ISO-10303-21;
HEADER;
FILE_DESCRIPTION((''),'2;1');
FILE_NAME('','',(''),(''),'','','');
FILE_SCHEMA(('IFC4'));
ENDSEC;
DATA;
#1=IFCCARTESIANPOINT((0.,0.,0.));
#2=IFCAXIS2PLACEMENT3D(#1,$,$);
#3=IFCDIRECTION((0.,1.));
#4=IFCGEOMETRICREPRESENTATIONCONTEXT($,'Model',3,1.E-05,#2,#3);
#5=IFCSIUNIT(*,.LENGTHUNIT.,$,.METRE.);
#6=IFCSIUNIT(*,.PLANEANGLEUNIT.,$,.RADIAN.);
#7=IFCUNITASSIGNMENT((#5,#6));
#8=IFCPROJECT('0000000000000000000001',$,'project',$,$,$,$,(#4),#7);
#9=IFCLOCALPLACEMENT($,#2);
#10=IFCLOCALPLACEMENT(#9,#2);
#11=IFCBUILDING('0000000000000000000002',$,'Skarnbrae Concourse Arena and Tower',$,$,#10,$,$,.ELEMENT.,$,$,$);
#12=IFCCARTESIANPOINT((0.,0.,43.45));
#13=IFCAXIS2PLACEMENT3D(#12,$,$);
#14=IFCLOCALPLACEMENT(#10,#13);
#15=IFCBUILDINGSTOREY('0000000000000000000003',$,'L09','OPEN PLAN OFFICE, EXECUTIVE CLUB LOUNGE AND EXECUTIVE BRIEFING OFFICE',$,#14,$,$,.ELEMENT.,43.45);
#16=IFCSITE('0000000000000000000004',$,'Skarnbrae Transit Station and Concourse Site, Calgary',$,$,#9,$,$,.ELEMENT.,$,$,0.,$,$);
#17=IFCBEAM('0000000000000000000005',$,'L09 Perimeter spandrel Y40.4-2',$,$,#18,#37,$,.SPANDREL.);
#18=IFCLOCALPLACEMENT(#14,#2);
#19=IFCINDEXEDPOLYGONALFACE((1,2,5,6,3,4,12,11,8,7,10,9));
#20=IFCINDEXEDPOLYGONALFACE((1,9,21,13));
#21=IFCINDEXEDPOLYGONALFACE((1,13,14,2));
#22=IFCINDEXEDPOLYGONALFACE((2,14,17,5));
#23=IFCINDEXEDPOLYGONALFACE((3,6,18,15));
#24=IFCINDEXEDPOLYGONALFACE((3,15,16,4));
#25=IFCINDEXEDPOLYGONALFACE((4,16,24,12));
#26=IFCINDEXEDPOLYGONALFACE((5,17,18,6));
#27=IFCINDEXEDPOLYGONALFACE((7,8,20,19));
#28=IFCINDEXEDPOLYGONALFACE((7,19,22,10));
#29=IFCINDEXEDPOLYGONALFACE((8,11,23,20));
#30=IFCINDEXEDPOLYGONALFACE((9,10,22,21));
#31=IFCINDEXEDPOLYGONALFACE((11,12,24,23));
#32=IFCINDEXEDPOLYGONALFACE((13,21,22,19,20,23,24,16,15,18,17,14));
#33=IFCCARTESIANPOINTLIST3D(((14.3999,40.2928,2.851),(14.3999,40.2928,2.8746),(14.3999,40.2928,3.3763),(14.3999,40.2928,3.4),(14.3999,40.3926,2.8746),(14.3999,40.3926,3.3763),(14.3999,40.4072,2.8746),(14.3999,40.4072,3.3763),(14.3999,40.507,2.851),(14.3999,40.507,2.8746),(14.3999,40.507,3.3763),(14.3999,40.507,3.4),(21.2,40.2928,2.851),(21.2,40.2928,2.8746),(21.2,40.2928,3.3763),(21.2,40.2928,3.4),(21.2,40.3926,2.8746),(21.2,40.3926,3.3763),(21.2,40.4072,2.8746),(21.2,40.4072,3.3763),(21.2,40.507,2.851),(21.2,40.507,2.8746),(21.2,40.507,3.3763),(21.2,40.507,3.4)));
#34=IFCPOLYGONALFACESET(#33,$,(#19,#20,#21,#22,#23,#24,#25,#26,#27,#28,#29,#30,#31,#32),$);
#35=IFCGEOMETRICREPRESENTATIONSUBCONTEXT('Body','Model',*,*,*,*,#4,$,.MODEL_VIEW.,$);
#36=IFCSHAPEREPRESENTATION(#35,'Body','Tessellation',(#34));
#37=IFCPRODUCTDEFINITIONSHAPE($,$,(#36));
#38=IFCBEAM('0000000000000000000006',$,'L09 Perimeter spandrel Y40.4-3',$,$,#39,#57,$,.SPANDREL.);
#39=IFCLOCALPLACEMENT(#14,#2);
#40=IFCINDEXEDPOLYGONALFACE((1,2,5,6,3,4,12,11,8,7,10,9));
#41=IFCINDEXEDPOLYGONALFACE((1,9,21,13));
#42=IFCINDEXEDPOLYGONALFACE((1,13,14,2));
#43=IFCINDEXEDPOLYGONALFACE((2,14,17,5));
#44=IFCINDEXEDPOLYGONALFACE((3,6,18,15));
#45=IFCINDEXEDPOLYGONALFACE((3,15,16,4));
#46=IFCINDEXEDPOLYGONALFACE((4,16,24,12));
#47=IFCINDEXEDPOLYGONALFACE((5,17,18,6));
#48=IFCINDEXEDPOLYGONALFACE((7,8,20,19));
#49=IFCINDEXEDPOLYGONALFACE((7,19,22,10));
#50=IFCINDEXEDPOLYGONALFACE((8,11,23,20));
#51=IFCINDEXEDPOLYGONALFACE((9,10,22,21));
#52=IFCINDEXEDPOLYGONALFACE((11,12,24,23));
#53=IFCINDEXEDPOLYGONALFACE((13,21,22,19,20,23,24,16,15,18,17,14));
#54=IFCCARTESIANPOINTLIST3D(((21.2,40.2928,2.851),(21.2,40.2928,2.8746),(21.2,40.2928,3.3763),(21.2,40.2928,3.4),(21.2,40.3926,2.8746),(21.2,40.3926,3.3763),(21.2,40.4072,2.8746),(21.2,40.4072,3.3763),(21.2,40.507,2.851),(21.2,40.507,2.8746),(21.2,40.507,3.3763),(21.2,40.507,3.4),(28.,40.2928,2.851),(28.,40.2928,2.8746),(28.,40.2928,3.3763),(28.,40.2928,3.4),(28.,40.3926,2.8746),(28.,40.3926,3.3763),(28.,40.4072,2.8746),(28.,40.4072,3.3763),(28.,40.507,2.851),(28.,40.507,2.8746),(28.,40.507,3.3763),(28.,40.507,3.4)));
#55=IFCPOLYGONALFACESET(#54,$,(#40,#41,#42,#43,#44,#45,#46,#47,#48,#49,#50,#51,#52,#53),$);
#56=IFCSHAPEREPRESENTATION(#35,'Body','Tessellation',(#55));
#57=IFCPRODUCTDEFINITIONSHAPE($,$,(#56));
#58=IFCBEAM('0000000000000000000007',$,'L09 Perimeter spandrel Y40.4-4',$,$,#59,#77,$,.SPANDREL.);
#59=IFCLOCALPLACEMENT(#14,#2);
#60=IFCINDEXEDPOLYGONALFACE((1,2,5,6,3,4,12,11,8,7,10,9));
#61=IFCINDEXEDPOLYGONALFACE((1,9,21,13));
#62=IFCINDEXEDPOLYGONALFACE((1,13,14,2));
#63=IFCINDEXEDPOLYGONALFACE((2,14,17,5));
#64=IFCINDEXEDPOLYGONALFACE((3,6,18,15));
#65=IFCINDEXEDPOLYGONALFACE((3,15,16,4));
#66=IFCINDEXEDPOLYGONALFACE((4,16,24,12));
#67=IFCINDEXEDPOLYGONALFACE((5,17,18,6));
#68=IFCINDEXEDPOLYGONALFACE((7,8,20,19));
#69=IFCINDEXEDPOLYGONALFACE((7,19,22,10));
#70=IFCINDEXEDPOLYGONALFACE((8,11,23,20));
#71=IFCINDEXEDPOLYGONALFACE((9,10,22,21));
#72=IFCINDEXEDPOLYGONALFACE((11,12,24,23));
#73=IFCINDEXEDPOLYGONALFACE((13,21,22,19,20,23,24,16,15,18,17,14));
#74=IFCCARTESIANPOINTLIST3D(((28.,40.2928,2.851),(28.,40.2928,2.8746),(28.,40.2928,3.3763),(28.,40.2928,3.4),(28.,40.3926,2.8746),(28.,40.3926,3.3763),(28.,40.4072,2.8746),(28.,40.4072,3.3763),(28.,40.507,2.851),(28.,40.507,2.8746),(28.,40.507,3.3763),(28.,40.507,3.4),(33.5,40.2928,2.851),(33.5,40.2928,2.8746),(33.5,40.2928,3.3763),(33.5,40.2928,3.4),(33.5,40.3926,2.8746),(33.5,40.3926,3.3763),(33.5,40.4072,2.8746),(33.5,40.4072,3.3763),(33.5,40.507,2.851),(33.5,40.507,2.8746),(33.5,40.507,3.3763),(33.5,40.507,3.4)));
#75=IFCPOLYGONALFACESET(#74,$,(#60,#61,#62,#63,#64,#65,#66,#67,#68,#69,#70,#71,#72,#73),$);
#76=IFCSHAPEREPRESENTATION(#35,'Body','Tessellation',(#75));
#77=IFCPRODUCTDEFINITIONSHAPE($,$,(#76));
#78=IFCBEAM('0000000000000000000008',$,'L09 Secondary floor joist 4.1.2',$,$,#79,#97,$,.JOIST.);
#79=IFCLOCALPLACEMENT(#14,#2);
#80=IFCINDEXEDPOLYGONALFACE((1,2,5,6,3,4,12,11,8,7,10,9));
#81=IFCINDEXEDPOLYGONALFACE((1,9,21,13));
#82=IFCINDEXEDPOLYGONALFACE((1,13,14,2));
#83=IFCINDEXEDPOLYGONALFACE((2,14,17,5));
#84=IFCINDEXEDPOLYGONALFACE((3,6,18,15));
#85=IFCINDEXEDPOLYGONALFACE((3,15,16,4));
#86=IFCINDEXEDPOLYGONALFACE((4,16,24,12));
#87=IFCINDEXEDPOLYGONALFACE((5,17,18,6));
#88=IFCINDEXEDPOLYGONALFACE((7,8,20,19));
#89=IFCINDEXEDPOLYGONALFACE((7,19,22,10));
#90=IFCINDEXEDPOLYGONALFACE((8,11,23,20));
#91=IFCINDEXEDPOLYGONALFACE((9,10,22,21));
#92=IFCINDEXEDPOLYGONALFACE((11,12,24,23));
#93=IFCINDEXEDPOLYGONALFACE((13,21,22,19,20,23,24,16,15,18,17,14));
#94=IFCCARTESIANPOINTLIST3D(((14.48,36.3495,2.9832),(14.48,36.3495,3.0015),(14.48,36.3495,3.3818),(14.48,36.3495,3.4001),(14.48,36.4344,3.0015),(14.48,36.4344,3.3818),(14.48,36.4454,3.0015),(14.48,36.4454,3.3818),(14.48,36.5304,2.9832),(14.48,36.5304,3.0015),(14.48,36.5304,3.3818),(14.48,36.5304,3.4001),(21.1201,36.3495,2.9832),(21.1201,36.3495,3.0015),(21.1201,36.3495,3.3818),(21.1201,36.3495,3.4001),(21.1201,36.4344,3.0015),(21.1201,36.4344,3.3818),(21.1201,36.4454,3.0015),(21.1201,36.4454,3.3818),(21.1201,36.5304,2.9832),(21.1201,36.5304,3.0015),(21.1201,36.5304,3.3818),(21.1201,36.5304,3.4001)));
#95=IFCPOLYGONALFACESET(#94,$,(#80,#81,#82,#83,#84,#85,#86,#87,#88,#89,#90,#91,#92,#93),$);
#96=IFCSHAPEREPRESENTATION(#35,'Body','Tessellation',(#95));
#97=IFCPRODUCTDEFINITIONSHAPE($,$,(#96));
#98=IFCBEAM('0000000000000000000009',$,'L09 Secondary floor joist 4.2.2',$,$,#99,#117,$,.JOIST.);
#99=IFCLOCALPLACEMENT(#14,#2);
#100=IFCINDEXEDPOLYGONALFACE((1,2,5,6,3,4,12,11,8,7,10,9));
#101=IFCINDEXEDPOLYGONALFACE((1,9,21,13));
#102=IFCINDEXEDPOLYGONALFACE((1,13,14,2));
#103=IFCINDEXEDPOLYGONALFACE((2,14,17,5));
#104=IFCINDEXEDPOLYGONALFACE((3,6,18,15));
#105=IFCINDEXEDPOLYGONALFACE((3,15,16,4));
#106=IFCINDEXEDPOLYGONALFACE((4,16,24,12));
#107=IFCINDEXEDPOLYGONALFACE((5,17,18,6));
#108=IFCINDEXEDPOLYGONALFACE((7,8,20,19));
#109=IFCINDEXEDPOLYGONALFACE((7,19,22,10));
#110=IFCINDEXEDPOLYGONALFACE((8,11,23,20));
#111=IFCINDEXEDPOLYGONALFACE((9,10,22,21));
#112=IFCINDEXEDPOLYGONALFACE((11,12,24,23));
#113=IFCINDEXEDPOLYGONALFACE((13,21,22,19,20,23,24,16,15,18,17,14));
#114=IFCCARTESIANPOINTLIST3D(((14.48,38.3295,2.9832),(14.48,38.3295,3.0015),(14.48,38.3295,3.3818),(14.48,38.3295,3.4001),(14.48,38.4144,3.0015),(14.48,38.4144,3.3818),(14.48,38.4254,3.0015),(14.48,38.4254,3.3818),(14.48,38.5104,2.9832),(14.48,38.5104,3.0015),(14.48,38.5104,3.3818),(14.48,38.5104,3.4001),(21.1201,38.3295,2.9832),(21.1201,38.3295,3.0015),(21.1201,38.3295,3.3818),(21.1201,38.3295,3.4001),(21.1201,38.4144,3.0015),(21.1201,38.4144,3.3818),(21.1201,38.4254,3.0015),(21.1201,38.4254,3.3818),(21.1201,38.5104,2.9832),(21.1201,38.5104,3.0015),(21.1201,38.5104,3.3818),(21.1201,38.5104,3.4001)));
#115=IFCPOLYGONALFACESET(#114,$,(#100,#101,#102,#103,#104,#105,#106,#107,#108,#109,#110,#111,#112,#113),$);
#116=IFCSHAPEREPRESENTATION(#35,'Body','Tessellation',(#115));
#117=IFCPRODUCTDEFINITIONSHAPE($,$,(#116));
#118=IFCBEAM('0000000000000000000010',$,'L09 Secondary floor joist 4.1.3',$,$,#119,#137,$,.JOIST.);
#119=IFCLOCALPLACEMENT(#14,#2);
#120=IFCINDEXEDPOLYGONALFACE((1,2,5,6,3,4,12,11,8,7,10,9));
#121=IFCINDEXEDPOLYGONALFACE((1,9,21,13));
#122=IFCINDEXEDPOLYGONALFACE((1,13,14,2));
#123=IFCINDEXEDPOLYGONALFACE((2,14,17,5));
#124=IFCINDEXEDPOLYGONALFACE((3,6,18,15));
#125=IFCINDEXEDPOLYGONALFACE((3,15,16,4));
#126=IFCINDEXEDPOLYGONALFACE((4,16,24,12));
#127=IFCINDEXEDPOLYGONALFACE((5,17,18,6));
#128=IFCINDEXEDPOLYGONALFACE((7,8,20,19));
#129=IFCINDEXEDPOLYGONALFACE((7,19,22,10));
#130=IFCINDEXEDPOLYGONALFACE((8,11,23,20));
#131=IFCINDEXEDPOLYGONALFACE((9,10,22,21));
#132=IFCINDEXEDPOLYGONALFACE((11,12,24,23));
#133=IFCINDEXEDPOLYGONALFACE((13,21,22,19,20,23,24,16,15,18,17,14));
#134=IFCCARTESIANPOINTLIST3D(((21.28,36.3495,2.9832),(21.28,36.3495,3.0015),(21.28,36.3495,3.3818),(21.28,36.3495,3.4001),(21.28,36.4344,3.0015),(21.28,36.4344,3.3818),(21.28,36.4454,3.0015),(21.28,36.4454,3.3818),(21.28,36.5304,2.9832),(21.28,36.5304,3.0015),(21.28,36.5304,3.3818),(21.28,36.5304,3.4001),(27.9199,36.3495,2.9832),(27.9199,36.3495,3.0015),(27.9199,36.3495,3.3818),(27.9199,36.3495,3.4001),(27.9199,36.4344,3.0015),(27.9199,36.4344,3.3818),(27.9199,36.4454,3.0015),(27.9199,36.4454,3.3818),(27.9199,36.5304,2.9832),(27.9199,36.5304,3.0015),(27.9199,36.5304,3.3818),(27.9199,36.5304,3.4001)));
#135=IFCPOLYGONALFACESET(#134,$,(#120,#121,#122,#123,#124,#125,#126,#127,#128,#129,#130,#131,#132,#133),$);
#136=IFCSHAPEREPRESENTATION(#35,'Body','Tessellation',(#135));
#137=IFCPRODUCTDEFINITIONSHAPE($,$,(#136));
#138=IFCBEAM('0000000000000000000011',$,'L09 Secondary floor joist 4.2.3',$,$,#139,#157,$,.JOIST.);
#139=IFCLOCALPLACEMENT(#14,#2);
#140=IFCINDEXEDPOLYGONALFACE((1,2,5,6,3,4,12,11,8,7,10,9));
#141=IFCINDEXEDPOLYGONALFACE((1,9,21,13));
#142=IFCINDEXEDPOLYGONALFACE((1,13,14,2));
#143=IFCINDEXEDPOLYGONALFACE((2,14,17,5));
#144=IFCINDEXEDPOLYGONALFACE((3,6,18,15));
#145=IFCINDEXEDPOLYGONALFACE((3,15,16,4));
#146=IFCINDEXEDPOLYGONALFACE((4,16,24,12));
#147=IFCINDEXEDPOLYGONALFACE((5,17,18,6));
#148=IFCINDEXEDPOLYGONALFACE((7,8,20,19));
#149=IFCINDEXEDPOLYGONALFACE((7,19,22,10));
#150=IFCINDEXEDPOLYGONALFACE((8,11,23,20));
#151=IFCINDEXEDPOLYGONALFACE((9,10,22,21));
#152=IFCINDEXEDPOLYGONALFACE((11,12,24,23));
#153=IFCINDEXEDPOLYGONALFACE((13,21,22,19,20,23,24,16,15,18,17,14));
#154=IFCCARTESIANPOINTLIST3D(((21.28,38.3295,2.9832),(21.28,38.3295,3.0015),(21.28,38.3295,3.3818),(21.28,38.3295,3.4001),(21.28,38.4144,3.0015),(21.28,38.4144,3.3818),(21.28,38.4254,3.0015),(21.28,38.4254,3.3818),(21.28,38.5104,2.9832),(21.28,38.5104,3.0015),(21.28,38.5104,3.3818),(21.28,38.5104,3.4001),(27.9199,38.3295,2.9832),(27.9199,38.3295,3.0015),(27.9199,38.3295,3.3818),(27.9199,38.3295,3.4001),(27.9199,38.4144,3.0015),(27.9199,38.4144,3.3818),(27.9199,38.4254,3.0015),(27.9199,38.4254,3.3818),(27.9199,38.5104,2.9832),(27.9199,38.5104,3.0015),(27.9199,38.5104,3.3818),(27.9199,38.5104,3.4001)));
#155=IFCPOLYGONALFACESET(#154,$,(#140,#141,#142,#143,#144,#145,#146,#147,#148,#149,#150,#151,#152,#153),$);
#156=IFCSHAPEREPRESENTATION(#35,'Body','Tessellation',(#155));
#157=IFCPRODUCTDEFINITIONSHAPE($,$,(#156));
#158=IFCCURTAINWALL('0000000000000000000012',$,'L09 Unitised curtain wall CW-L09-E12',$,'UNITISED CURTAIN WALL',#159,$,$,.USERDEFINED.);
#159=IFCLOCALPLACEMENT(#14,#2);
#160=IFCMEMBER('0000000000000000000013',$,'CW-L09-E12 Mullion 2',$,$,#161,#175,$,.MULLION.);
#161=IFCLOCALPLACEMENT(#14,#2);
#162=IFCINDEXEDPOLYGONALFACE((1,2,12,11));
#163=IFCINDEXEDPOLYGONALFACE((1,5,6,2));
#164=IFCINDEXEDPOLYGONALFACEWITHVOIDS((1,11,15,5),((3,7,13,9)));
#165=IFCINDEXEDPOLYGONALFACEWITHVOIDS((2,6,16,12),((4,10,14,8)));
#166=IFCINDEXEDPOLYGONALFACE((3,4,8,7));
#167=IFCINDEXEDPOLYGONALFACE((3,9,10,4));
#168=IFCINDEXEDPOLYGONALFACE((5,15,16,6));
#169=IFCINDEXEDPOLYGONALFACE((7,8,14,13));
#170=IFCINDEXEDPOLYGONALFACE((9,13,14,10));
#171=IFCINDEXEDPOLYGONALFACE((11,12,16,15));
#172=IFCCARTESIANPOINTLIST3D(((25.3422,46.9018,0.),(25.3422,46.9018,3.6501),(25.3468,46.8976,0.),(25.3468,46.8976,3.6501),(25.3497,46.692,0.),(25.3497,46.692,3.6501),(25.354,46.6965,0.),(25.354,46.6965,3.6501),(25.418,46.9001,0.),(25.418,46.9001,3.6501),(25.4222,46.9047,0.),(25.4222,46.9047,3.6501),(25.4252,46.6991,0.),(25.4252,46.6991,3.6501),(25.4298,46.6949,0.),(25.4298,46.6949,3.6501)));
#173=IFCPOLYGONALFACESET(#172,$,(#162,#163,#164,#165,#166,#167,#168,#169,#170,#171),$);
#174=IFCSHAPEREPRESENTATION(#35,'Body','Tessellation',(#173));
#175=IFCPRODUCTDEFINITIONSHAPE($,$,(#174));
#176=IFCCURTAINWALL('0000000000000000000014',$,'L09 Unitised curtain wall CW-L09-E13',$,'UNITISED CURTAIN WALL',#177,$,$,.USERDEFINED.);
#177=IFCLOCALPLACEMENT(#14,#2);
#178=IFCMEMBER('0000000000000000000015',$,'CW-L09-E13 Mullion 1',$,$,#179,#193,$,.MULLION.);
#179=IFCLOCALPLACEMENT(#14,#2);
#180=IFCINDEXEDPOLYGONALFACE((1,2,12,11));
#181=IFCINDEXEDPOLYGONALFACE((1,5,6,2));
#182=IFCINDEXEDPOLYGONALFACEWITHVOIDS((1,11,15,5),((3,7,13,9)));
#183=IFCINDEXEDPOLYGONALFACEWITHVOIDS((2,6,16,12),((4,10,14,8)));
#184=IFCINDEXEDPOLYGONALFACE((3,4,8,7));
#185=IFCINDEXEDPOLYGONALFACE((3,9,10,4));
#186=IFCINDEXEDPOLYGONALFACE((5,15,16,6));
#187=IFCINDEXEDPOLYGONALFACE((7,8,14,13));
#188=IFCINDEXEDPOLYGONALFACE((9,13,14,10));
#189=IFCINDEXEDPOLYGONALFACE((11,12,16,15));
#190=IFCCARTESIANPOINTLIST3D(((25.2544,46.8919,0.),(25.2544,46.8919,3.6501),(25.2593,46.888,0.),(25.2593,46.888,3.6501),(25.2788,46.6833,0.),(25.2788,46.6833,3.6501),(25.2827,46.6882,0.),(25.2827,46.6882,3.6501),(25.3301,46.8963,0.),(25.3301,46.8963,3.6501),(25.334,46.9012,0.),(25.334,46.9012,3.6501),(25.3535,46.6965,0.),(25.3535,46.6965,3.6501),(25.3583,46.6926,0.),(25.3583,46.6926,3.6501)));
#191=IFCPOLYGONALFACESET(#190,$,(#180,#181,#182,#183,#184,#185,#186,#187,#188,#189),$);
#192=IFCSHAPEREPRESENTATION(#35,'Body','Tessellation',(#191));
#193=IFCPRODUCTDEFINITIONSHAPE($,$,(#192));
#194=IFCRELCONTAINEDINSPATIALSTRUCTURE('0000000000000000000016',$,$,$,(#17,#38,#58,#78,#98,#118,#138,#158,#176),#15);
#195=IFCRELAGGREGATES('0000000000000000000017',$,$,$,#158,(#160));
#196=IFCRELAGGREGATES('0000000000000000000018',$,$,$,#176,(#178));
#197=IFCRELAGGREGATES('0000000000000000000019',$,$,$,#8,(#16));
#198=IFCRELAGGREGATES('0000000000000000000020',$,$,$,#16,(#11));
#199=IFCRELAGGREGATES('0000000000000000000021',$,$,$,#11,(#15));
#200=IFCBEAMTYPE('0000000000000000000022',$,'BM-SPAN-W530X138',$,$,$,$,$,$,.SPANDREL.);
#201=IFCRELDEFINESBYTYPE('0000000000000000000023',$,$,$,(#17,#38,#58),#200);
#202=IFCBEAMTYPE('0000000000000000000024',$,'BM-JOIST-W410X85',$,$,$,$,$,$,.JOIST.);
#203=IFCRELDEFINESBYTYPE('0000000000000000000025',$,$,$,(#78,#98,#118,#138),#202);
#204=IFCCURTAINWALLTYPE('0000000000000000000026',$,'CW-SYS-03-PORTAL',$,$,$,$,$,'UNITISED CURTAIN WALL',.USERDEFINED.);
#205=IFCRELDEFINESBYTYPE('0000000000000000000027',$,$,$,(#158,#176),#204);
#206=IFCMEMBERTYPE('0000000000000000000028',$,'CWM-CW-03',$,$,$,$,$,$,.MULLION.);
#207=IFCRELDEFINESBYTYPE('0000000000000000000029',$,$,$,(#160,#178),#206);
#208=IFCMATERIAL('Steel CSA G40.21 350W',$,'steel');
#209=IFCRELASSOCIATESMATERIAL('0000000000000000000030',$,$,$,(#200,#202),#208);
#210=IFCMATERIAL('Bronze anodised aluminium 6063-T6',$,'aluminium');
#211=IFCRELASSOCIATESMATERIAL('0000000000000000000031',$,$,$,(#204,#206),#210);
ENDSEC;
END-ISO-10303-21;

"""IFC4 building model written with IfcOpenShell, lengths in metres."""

from ifc_helpers import new_model, si_unit, direction, frame, origin, origin_2d, place, context, subcontext, project, spatial, hollow_rectangle, i_section, extrude, source, transform, mapped, material, material_profile, profile_set, type_object, element, aggregate, save


model = new_model("IFC4")

# Units and contexts
model_context = context("Model", 3, precision=1e-05, world=origin(), true_north=direction((0.0, 1.0)))
body_context = subcontext(model_context, "Body", "Model", "MODEL_VIEW")
ifc_project = project(units=[si_unit("LENGTHUNIT", "METRE"), si_unit("PLANEANGLEUNIT", "RADIAN")], contexts=[model_context])

# Site, building, storey
site_placement = place(None, origin())
site = spatial("IfcSite", under=ifc_project, at=site_placement, Name="Skarnbrae Transit Station and Concourse Site, Calgary", CompositionType="ELEMENT", RefElevation=0.0)
building_placement = place(site_placement, origin())
building = spatial("IfcBuilding", under=site, at=building_placement, Name="Skarnbrae Concourse Arena and Tower", CompositionType="ELEMENT")
storey_placement = place(building_placement, frame((0.0, 0.0, 43.45)))
storey = spatial("IfcBuildingStorey", under=building, at=storey_placement, Name="L09", Description="OPEN PLAN OFFICE, EXECUTIVE CLUB LOUNGE AND EXECUTIVE BRIEFING OFFICE", CompositionType="ELEMENT", Elevation=43.45)

# Shared definitions
ifc_material_1 = material(Name="Steel CSA G40.21 350W", Category="steel")

# Beams
ifc_material_profile_1 = material_profile(ifc_material_1, i_section(OverallWidth=0.2141, OverallDepth=0.5491, WebThickness=0.0146, FlangeThickness=0.0237, at=origin_2d()), Name="W530X138")
ifc_profile_set_1 = profile_set([ifc_material_profile_1], Name="Steel CSA G40.21 350W")
beam_type_1 = type_object("IfcBeamType", Name="BM-SPAN-W530X138", PredefinedType="SPANDREL", material=ifc_profile_set_1)
shared_shape_1 = source(origin(), body_context, "Body", "SweptSolid", [
    extrude(i_section(OverallWidth=0.2141, OverallDepth=0.5491, WebThickness=0.0146, FlangeThickness=0.0237, at=origin_2d()), origin(), (0.0, 0.0, 1.0), 6.8),
])
for number, where, z_axis, x_axis, name in (
    (1, (14.3999, 40.3999, 3.1255), (1.0, 0.0, 0.0), (0.0, 1.0, 0.0), "L09 Perimeter spandrel Y40.4-2"),
    (2, (21.2, 40.3999, 3.1255), (1.0, 0.0, 0.0), (0.0, 1.0, 0.0), "L09 Perimeter spandrel Y40.4-3"),
):
    element("IfcBeam", number, at=place(storey_placement, frame(where, z_axis=z_axis, x_axis=x_axis)), inside=storey, type_object=beam_type_1, Name=name, PredefinedType="SPANDREL", context=body_context, shape_type="MappedRepresentation", body=[
        mapped(shared_shape_1, transform((0.0, 0.0, 0.0))),
    ])
shared_shape_2 = source(origin(), body_context, "Body", "SweptSolid", [
    extrude(i_section(OverallWidth=0.2141, OverallDepth=0.5491, WebThickness=0.0146, FlangeThickness=0.0237, at=origin_2d()), origin(), (0.0, 0.0, 1.0), 5.5),
])
beam_1_placement = place(storey_placement, frame((28.0, 40.3999, 3.1255), z_axis=(1.0, 0.0, 0.0), x_axis=(0.0, 1.0, 0.0)))
element("IfcBeam", 3, at=beam_1_placement, inside=storey, type_object=beam_type_1, Name="L09 Perimeter spandrel Y40.4-4", PredefinedType="SPANDREL", context=body_context, shape_type="MappedRepresentation", body=[
    mapped(shared_shape_2, transform((0.0, 0.0, 0.0))),
])
ifc_material_profile_2 = material_profile(ifc_material_1, i_section(OverallWidth=0.1809, OverallDepth=0.417, WebThickness=0.011, FlangeThickness=0.0183, at=origin_2d()), Name="W410X85")
ifc_profile_set_2 = profile_set([ifc_material_profile_2], Name="Steel CSA G40.21 350W")
beam_type_2 = type_object("IfcBeamType", Name="BM-JOIST-W410X85", PredefinedType="JOIST", material=ifc_profile_set_2)
shared_shape_3 = source(origin(), body_context, "Body", "SweptSolid", [
    extrude(i_section(OverallWidth=0.1809, OverallDepth=0.417, WebThickness=0.011, FlangeThickness=0.0183, at=origin_2d()), origin(), (0.0, 0.0, 1.0), 6.6401),
])
for number, where, z_axis, x_axis, name in (
    (4, (14.48, 36.4399, 3.1917), (1.0, 0.0, 0.0), (0.0, 1.0, 0.0), "L09 Secondary floor joist 4.1.2"),
    (5, (14.48, 38.4199, 3.1917), (1.0, 0.0, 0.0), (0.0, 1.0, 0.0), "L09 Secondary floor joist 4.2.2"),
):
    element("IfcBeam", number, at=place(storey_placement, frame(where, z_axis=z_axis, x_axis=x_axis)), inside=storey, type_object=beam_type_2, Name=name, PredefinedType="JOIST", context=body_context, shape_type="MappedRepresentation", body=[
        mapped(shared_shape_3, transform((0.0, 0.0, 0.0))),
    ])
shared_shape_4 = source(origin(), body_context, "Body", "SweptSolid", [
    extrude(i_section(OverallWidth=0.1809, OverallDepth=0.417, WebThickness=0.011, FlangeThickness=0.0183, at=origin_2d()), origin(), (0.0, 0.0, 1.0), 6.6399),
])
for number, where, z_axis, x_axis, name in (
    (6, (21.28, 36.4399, 3.1917), (1.0, 0.0, 0.0), (0.0, 1.0, 0.0), "L09 Secondary floor joist 4.1.3"),
    (7, (21.28, 38.4199, 3.1917), (1.0, 0.0, 0.0), (0.0, 1.0, 0.0), "L09 Secondary floor joist 4.2.3"),
):
    element("IfcBeam", number, at=place(storey_placement, frame(where, z_axis=z_axis, x_axis=x_axis)), inside=storey, type_object=beam_type_2, Name=name, PredefinedType="JOIST", context=body_context, shape_type="MappedRepresentation", body=[
        mapped(shared_shape_4, transform((0.0, 0.0, 0.0))),
    ])

# Curtain wall, member
ifc_material_2 = material(Name="Bronze anodised aluminium 6063-T6", Category="aluminium")
curtain_wall_type = type_object("IfcCurtainWallType", Name="CW-SYS-03-PORTAL", ElementType="UNITISED CURTAIN WALL", PredefinedType="USERDEFINED", material=ifc_material_2)
curtain_wall_1_placement = place(storey_placement, origin())
curtain_wall_1 = element("IfcCurtainWall", 8, at=curtain_wall_1_placement, inside=storey, type_object=curtain_wall_type, Name="L09 Unitised curtain wall CW-L09-E12", ObjectType="UNITISED CURTAIN WALL", PredefinedType="USERDEFINED")
ifc_material_profile_3 = material_profile(ifc_material_2, hollow_rectangle(XDim=0.0801, YDim=0.21, WallThickness=0.0044, at=origin_2d()), Name="ALU-MULL-80X210")
ifc_profile_set_3 = profile_set([ifc_material_profile_3], Name="Bronze anodised aluminium 6063-T6")
member_type_1 = type_object("IfcMemberType", Name="CWM-CW-03", PredefinedType="MULLION", material=ifc_profile_set_3)
shared_shape_5 = source(origin(), body_context, "Body", "SweptSolid", [
    extrude(hollow_rectangle(XDim=0.0801, YDim=0.21, WallThickness=0.0044, at=origin_2d()), origin(), (0.0, 0.0, 1.0), 3.6501),
])
member_1_placement = place(storey_placement, frame((25.386, 46.7983, 0.0), z_axis=(0.0, 0.0, 1.0), x_axis=(-0.999355, -0.035899, 0.0)))
member_1 = element("IfcMember", 9, at=member_1_placement, type_object=member_type_1, Name="CW-L09-E12 Mullion 2", PredefinedType="MULLION", context=body_context, shape_type="MappedRepresentation", body=[
    mapped(shared_shape_5, transform((0.0, 0.0, 0.0))),
])
aggregate(curtain_wall_1, [member_1])

# Curtain wall, member
curtain_wall_2_placement = place(storey_placement, origin())
curtain_wall_2 = element("IfcCurtainWall", 10, at=curtain_wall_2_placement, inside=storey, type_object=curtain_wall_type, Name="L09 Unitised curtain wall CW-L09-E13", ObjectType="UNITISED CURTAIN WALL", PredefinedType="USERDEFINED")
member_2_placement = place(storey_placement, frame((25.3064, 46.7922, 0.0), z_axis=(0.0, 0.0, 1.0), x_axis=(-0.993245, -0.11604, 0.0)))
member_2 = element("IfcMember", 11, at=member_2_placement, type_object=member_type_1, Name="CW-L09-E13 Mullion 1", PredefinedType="MULLION", context=body_context, shape_type="MappedRepresentation", body=[
    mapped(shared_shape_5, transform((0.0, 0.0, 0.0))),
])

aggregate(curtain_wall_2, [member_2])

save(model, "model.ifc")
